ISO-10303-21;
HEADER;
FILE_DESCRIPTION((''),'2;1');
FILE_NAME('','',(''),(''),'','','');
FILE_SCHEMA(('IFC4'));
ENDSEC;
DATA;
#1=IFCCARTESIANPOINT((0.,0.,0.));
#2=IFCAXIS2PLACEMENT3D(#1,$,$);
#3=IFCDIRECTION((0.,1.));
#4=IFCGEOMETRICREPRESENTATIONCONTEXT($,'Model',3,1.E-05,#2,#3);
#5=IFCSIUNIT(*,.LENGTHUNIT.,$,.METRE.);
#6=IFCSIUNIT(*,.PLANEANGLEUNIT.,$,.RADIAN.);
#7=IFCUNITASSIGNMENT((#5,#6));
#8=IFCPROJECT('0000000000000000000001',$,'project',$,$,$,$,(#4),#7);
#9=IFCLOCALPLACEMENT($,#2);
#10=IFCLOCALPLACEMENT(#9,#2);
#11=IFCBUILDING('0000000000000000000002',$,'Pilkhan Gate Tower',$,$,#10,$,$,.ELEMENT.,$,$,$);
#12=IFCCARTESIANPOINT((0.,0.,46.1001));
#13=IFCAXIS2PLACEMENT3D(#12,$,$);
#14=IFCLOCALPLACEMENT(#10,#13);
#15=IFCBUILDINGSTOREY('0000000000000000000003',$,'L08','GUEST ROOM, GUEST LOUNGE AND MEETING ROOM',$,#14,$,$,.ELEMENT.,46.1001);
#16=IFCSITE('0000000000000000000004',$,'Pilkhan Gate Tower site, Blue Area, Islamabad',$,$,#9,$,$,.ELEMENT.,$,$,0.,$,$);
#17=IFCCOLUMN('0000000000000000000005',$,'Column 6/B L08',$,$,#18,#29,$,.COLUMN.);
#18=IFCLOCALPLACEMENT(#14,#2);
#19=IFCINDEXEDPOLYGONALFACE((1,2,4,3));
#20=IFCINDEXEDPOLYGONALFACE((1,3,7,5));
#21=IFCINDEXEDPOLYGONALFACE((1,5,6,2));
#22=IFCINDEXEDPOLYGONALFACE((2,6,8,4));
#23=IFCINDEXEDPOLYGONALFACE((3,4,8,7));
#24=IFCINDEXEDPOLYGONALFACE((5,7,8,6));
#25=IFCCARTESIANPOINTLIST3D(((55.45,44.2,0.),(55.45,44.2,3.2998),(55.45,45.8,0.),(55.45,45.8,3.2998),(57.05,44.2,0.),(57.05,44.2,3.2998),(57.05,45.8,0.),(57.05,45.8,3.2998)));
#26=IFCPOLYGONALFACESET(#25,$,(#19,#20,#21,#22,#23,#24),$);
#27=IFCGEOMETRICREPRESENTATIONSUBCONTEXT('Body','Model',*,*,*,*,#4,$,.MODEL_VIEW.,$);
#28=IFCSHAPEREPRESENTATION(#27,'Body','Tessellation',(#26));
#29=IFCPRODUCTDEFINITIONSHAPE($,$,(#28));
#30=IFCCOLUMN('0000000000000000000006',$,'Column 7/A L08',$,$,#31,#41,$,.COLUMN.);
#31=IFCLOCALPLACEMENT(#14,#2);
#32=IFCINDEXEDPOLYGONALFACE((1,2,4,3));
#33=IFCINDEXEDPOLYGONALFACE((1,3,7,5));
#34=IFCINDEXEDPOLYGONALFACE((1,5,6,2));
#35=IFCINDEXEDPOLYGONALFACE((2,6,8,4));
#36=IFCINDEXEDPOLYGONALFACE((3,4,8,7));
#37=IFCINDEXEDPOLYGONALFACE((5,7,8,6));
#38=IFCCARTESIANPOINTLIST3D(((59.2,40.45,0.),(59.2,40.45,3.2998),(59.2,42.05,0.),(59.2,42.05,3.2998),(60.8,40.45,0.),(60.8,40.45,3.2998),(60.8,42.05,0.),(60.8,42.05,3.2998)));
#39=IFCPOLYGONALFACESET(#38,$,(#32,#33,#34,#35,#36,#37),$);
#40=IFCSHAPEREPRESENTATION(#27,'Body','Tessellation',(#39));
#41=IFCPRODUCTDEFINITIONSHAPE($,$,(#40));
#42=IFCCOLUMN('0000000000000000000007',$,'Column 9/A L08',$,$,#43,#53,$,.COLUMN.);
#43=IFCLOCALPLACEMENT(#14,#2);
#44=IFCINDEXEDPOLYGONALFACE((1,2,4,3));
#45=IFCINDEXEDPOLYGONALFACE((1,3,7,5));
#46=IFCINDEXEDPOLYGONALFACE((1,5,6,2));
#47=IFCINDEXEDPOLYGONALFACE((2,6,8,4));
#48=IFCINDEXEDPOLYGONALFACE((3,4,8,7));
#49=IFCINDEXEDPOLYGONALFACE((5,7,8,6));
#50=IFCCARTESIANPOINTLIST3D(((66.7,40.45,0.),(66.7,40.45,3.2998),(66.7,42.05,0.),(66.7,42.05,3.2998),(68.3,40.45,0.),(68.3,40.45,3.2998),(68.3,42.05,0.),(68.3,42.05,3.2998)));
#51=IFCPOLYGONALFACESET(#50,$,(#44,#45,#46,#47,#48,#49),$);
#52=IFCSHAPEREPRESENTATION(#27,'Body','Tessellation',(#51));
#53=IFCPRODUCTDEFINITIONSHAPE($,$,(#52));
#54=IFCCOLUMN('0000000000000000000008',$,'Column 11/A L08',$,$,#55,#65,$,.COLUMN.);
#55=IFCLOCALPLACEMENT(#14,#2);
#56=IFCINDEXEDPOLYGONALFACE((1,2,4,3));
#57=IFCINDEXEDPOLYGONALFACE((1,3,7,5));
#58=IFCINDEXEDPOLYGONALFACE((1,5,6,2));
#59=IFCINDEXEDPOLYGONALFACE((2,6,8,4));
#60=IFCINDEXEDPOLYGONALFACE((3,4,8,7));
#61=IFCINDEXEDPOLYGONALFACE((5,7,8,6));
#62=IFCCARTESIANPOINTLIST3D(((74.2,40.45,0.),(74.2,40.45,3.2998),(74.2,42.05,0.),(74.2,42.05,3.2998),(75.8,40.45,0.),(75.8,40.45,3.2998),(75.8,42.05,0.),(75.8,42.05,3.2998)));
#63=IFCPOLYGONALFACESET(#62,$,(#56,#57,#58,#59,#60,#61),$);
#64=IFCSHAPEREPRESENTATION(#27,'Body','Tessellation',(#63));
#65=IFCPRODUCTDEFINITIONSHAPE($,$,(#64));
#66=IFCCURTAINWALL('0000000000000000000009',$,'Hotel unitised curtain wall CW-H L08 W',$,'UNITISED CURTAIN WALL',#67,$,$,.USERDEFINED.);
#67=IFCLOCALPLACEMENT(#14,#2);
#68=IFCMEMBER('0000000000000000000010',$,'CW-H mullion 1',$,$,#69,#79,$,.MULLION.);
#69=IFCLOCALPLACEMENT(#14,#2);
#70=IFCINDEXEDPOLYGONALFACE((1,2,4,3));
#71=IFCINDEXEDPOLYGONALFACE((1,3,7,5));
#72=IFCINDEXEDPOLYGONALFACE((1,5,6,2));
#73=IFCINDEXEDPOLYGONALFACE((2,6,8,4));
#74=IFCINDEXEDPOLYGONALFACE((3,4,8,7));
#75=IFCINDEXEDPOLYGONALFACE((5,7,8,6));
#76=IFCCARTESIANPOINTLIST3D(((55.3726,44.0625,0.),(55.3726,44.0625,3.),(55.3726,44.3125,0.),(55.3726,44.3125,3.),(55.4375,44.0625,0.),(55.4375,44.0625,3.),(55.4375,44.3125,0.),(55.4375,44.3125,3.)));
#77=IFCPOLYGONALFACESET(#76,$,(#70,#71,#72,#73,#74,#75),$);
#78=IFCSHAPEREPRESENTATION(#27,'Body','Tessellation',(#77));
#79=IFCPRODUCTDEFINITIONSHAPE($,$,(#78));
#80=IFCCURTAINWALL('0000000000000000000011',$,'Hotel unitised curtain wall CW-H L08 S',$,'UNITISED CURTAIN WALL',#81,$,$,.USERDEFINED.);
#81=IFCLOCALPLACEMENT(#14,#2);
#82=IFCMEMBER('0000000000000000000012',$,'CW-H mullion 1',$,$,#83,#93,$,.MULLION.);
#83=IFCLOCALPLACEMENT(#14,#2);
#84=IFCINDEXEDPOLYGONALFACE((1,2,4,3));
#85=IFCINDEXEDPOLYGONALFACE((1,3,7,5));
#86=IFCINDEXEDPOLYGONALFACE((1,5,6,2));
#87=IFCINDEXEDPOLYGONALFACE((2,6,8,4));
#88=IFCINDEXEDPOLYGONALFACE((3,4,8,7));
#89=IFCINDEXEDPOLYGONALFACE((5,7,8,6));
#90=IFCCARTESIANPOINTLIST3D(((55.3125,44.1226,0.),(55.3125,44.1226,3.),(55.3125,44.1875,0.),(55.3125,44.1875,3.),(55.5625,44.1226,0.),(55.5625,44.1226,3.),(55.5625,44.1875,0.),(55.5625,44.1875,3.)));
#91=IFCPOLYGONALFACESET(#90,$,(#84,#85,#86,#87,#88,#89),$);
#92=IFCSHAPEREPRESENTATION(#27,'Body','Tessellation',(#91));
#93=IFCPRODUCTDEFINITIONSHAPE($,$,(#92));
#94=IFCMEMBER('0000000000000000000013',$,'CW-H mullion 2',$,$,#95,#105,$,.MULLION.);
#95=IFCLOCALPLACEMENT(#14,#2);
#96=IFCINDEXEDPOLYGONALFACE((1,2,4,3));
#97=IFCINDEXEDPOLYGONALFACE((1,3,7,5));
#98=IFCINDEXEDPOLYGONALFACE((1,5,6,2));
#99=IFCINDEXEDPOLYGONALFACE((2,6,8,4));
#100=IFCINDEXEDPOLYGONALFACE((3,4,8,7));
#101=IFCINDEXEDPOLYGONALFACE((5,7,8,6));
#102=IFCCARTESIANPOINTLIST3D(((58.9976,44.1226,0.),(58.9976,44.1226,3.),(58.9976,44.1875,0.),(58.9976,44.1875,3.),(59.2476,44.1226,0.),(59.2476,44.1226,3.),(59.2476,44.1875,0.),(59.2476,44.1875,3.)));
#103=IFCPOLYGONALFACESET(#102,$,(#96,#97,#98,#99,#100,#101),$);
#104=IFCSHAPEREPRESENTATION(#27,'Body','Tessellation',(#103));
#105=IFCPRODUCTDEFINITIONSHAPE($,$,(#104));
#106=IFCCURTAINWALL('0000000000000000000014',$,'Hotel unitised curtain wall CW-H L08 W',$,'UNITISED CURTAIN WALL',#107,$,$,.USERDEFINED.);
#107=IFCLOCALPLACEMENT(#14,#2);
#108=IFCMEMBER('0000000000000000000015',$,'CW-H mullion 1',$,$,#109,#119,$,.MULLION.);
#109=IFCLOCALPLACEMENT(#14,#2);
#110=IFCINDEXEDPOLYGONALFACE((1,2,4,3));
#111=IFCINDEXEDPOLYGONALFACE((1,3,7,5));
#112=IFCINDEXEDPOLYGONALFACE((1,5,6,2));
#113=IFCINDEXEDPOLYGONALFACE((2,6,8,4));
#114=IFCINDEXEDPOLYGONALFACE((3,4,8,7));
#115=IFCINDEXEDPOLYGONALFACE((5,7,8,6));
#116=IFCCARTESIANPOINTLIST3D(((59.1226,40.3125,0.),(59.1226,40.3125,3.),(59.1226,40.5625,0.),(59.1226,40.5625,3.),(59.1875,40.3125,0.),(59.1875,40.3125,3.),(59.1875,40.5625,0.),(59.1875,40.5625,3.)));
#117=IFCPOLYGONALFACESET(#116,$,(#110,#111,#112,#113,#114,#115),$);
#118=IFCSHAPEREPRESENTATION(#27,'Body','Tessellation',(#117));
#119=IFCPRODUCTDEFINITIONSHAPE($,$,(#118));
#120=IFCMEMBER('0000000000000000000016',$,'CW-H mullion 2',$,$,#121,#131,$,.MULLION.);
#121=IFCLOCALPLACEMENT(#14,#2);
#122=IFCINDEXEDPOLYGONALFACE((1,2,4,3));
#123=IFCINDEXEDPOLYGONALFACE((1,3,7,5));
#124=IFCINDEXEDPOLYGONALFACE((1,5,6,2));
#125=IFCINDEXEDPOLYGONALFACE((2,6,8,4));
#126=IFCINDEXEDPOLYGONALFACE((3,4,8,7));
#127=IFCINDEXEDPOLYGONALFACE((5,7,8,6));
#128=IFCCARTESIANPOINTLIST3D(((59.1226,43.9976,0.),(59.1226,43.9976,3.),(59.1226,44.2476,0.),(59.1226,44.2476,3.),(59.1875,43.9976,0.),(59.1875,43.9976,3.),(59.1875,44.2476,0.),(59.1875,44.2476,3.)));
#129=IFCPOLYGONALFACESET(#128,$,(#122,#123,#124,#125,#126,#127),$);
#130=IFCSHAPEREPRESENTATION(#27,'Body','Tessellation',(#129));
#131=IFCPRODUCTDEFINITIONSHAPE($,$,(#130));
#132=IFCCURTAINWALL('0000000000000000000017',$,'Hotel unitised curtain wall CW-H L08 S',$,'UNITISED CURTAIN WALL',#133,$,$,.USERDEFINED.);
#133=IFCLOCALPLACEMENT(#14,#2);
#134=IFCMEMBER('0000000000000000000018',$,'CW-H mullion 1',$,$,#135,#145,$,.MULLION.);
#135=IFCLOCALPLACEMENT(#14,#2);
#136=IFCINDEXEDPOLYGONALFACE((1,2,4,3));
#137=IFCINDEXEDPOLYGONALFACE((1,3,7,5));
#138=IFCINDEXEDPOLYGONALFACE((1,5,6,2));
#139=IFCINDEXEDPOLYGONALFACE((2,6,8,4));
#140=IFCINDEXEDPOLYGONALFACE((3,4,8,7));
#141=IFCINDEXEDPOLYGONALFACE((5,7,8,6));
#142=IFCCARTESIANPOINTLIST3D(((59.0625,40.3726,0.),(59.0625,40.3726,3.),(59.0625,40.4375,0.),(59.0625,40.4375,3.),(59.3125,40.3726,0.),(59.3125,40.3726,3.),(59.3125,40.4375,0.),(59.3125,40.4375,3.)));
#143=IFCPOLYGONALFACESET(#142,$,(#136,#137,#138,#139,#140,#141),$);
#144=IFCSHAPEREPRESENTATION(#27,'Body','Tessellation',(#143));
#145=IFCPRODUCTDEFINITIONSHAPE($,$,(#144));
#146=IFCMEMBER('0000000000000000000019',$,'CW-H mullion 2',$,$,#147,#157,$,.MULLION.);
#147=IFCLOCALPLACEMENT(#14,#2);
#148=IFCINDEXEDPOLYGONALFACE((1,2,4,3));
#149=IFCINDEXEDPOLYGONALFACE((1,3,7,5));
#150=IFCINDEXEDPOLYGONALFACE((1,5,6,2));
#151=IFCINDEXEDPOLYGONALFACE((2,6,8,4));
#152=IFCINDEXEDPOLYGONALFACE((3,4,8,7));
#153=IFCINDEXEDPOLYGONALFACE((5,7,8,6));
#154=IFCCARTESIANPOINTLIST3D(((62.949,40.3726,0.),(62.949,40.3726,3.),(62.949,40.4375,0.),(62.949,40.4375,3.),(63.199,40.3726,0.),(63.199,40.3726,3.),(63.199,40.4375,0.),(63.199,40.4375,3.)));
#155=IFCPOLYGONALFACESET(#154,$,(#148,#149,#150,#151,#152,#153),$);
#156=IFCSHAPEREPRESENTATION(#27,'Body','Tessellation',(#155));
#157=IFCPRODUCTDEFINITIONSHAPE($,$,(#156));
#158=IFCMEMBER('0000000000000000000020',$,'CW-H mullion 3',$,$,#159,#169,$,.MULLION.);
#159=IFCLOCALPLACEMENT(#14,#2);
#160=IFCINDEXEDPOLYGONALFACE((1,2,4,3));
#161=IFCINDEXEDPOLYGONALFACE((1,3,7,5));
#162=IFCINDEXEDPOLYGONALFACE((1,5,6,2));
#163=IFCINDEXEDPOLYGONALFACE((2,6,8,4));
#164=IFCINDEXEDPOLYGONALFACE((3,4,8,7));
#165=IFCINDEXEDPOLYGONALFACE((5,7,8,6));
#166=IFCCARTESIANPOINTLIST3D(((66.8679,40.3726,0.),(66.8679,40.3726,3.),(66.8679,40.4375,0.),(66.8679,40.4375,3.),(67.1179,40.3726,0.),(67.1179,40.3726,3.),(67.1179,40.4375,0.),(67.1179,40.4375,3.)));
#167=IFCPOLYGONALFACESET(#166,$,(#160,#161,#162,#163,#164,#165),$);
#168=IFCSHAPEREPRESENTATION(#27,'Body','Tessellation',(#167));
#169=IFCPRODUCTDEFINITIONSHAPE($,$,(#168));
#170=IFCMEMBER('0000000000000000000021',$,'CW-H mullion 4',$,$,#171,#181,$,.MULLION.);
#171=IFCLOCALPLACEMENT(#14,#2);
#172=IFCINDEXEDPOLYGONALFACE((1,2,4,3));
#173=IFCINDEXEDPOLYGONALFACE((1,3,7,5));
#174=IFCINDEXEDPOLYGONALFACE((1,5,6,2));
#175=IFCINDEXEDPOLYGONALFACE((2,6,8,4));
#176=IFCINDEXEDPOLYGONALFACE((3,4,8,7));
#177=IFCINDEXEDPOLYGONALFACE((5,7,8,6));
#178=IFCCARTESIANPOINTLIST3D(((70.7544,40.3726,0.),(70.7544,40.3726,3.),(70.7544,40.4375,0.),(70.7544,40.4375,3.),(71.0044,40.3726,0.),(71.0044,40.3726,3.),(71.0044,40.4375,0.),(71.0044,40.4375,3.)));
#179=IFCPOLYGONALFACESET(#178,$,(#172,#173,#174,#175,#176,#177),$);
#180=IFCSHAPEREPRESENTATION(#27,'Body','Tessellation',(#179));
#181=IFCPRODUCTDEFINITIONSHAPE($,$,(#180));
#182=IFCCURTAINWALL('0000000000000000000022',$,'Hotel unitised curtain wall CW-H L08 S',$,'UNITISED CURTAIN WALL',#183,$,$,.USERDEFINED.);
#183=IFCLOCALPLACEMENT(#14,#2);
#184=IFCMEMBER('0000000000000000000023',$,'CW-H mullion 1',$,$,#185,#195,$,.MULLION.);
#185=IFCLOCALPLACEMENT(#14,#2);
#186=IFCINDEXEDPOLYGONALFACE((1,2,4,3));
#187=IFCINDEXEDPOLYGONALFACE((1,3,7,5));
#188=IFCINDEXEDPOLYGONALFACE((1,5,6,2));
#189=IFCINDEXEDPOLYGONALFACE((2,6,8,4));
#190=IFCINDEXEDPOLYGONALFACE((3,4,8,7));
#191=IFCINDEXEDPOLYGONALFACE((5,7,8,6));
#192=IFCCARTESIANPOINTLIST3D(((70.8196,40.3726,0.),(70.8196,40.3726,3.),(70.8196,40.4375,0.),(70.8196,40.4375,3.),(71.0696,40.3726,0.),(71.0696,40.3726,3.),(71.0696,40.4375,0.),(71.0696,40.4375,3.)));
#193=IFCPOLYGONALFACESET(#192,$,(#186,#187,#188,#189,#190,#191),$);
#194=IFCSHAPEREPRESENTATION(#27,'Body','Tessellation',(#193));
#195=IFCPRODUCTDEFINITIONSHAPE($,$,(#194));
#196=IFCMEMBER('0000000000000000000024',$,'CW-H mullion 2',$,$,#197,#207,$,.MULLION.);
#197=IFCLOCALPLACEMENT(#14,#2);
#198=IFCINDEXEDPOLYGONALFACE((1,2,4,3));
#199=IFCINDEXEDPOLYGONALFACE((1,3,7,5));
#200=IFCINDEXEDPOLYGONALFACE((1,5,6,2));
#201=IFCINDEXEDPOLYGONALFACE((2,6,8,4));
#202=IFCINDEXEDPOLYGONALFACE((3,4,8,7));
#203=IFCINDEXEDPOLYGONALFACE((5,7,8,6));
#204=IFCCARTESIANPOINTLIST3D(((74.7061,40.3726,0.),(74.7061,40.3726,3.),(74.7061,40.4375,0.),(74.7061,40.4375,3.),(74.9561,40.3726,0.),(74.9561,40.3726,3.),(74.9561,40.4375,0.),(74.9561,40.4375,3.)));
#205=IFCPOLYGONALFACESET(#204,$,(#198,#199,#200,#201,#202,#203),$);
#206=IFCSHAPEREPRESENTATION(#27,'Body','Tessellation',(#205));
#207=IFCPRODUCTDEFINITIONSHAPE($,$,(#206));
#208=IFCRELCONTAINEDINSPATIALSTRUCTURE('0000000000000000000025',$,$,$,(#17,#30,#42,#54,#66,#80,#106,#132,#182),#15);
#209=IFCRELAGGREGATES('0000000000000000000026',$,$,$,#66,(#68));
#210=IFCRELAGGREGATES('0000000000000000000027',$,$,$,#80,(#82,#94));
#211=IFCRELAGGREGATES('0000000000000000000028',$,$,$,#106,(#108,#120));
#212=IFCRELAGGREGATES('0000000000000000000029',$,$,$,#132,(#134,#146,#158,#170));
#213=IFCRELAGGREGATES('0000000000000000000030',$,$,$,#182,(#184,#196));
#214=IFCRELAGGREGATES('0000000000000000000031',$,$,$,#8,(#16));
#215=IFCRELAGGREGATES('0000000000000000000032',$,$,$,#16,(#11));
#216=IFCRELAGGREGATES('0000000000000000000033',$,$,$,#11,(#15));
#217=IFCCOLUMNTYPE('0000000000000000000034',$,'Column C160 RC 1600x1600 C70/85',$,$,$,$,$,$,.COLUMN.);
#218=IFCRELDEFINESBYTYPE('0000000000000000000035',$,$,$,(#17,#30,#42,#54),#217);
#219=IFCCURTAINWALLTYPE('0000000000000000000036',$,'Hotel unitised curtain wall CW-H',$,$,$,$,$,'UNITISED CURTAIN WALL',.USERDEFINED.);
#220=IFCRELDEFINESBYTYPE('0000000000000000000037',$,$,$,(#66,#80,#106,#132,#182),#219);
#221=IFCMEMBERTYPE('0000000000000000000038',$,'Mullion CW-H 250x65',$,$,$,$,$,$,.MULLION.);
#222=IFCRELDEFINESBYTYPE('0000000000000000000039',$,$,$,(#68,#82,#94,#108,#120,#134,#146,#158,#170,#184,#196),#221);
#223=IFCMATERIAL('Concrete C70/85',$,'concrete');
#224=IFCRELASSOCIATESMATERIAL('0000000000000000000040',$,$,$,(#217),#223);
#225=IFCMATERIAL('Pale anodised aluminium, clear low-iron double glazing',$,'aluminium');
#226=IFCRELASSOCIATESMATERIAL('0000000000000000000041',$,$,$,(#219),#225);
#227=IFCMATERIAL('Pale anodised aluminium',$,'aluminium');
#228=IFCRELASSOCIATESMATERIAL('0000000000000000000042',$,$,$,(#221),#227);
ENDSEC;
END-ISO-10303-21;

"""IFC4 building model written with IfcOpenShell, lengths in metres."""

from ifc_helpers import new_model, si_unit, direction, frame, origin, origin_2d, place, context, subcontext, project, spatial, rectangle, extrude, material, material_profile, profile_set, type_object, element, aggregate, save


model = new_model("IFC4")

# Units and contexts
model_context = context("Model", 3, precision=1e-05, world=origin(), true_north=direction((0.0, 1.0)))
body_context = subcontext(model_context, "Body", "Model", "MODEL_VIEW")
ifc_project = project(units=[si_unit("LENGTHUNIT", "METRE"), si_unit("PLANEANGLEUNIT", "RADIAN")], contexts=[model_context])

# Site, building, storey
site_placement = place(None, origin())
site = spatial("IfcSite", under=ifc_project, at=site_placement, Name="Pilkhan Gate Tower site, Blue Area, Islamabad", CompositionType="ELEMENT", RefElevation=0.0)
building_placement = place(site_placement, origin())
building = spatial("IfcBuilding", under=site, at=building_placement, Name="Pilkhan Gate Tower", CompositionType="ELEMENT")
storey_placement = place(building_placement, frame((0.0, 0.0, 46.1001)))
storey = spatial("IfcBuildingStorey", under=building, at=storey_placement, Name="L08", Description="GUEST ROOM, GUEST LOUNGE AND MEETING ROOM", CompositionType="ELEMENT", Elevation=46.1001)

# Columns
ifc_material_1 = material(Name="Concrete C70/85", Category="concrete")
ifc_material_profile_1 = material_profile(ifc_material_1, rectangle(XDim=1.6001, YDim=1.6001, at=origin_2d()), Name="RC 1600x1600")
ifc_profile_set_1 = profile_set([ifc_material_profile_1], Name="Concrete C70/85")
column_type = type_object("IfcColumnType", Name="Column C160 RC 1600x1600 C70/85", PredefinedType="COLUMN", material=ifc_profile_set_1)
for number, where, z_axis, x_axis, name in (
    (1, (56.25, 45.0, 0.0), (0.0, 0.0, 1.0), (1.0, 0.0, 0.0), "Column 6/B L08"),
    (2, (60.0, 41.25, 0.0), (0.0, 0.0, 1.0), (1.0, 0.0, 0.0), "Column 7/A L08"),
    (3, (67.5, 41.25, 0.0), (0.0, 0.0, 1.0), (1.0, 0.0, 0.0), "Column 9/A L08"),
    (4, (75.0, 41.25, 0.0), (0.0, 0.0, 1.0), (1.0, 0.0, 0.0), "Column 11/A L08"),
):
    element("IfcColumn", number, at=place(storey_placement, frame(where, z_axis=z_axis, x_axis=x_axis)), inside=storey, type_object=column_type, Name=name, PredefinedType="COLUMN", context=body_context, shape_type="SweptSolid", body=[
        extrude(rectangle(XDim=1.6001, YDim=1.6001, at=origin_2d()), origin(), (0.0, 0.0, 1.0), 3.2998),
    ])

# Curtain wall, member
ifc_material_2 = material(Name="Pale anodised aluminium, clear low-iron double glazing", Category="aluminium")
curtain_wall_type = type_object("IfcCurtainWallType", Name="Hotel unitised curtain wall CW-H", ElementType="UNITISED CURTAIN WALL", PredefinedType="USERDEFINED", material=ifc_material_2)
curtain_wall_1_placement = place(storey_placement, origin())
curtain_wall_1 = element("IfcCurtainWall", 5, at=curtain_wall_1_placement, inside=storey, type_object=curtain_wall_type, Name="Hotel unitised curtain wall CW-H L08 W", ObjectType="UNITISED CURTAIN WALL", PredefinedType="USERDEFINED")
ifc_material_3 = material(Name="Pale anodised aluminium", Category="aluminium")
ifc_material_profile_2 = material_profile(ifc_material_3, rectangle(XDim=0.0649, YDim=0.25, at=origin_2d()), Name="Mullion 250x65")
ifc_profile_set_2 = profile_set([ifc_material_profile_2], Name="Pale anodised aluminium")
member_type_1 = type_object("IfcMemberType", Name="Mullion CW-H 250x65", PredefinedType="MULLION", material=ifc_profile_set_2)
member_1_placement = place(storey_placement, frame((55.405, 44.1875, 0.0), z_axis=(0.0, 0.0, 1.0), x_axis=(-1.0, 0.0, 0.0)))
member_1 = element("IfcMember", 6, at=member_1_placement, type_object=member_type_1, Name="CW-H mullion 1", PredefinedType="MULLION", context=body_context, shape_type="SweptSolid", body=[
    extrude(rectangle(XDim=0.0649, YDim=0.25, at=origin_2d()), origin(), (0.0, 0.0, 1.0), 3.0),
])

# Curtain walls, members
curtain_wall_2_placement = place(storey_placement, origin())
curtain_wall_2 = element("IfcCurtainWall", 7, at=curtain_wall_2_placement, inside=storey, type_object=curtain_wall_type, Name="Hotel unitised curtain wall CW-H L08 S", ObjectType="UNITISED CURTAIN WALL", PredefinedType="USERDEFINED")
member_2_placement = place(storey_placement, frame((55.4375, 44.155, 0.0), z_axis=(0.0, 0.0, 1.0), x_axis=(0.0, 1.0, 0.0)))
member_2 = element("IfcMember", 8, at=member_2_placement, type_object=member_type_1, Name="CW-H mullion 1", PredefinedType="MULLION", context=body_context, shape_type="SweptSolid", body=[
    extrude(rectangle(XDim=0.0649, YDim=0.25, at=origin_2d()), origin(), (0.0, 0.0, 1.0), 3.0),
])
member_3_placement = place(storey_placement, frame((59.1226, 44.155, 0.0), z_axis=(0.0, 0.0, 1.0), x_axis=(0.0, 1.0, 0.0)))
member_3 = element("IfcMember", 9, at=member_3_placement, type_object=member_type_1, Name="CW-H mullion 2", PredefinedType="MULLION", context=body_context, shape_type="SweptSolid", body=[
    extrude(rectangle(XDim=0.0649, YDim=0.25, at=origin_2d()), origin(), (0.0, 0.0, 1.0), 3.0),
])
curtain_wall_3_placement = place(storey_placement, origin())
curtain_wall_3 = element("IfcCurtainWall", 10, at=curtain_wall_3_placement, inside=storey, type_object=curtain_wall_type, Name="Hotel unitised curtain wall CW-H L08 W", ObjectType="UNITISED CURTAIN WALL", PredefinedType="USERDEFINED")
member_4_placement = place(storey_placement, frame((59.155, 40.4375, 0.0), z_axis=(0.0, 0.0, 1.0), x_axis=(-1.0, 0.0, 0.0)))
member_4 = element("IfcMember", 11, at=member_4_placement, type_object=member_type_1, Name="CW-H mullion 1", PredefinedType="MULLION", context=body_context, shape_type="SweptSolid", body=[
    extrude(rectangle(XDim=0.0649, YDim=0.25, at=origin_2d()), origin(), (0.0, 0.0, 1.0), 3.0),
])
member_5_placement = place(storey_placement, frame((59.155, 44.1226, 0.0), z_axis=(0.0, 0.0, 1.0), x_axis=(-1.0, 0.0, 0.0)))
member_5 = element("IfcMember", 12, at=member_5_placement, type_object=member_type_1, Name="CW-H mullion 2", PredefinedType="MULLION", context=body_context, shape_type="SweptSolid", body=[
    extrude(rectangle(XDim=0.0649, YDim=0.25, at=origin_2d()), origin(), (0.0, 0.0, 1.0), 3.0),
])
curtain_wall_4_placement = place(storey_placement, origin())
curtain_wall_4 = element("IfcCurtainWall", 13, at=curtain_wall_4_placement, inside=storey, type_object=curtain_wall_type, Name="Hotel unitised curtain wall CW-H L08 S", ObjectType="UNITISED CURTAIN WALL", PredefinedType="USERDEFINED")
member_6_placement = place(storey_placement, frame((59.1875, 40.405, 0.0), z_axis=(0.0, 0.0, 1.0), x_axis=(0.0, 1.0, 0.0)))
member_6 = element("IfcMember", 14, at=member_6_placement, type_object=member_type_1, Name="CW-H mullion 1", PredefinedType="MULLION", context=body_context, shape_type="SweptSolid", body=[
    extrude(rectangle(XDim=0.0649, YDim=0.25, at=origin_2d()), origin(), (0.0, 0.0, 1.0), 3.0),
])
member_7_placement = place(storey_placement, frame((63.074, 40.405, 0.0), z_axis=(0.0, 0.0, 1.0), x_axis=(0.0, 1.0, 0.0)))
member_7 = element("IfcMember", 15, at=member_7_placement, type_object=member_type_1, Name="CW-H mullion 2", PredefinedType="MULLION", context=body_context, shape_type="SweptSolid", body=[
    extrude(rectangle(XDim=0.0649, YDim=0.25, at=origin_2d()), origin(), (0.0, 0.0, 1.0), 3.0),
])
member_8_placement = place(storey_placement, frame((66.9929, 40.405, 0.0), z_axis=(0.0, 0.0, 1.0), x_axis=(0.0, 1.0, 0.0)))
member_8 = element("IfcMember", 16, at=member_8_placement, type_object=member_type_1, Name="CW-H mullion 3", PredefinedType="MULLION", context=body_context, shape_type="SweptSolid", body=[
    extrude(rectangle(XDim=0.0649, YDim=0.25, at=origin_2d()), origin(), (0.0, 0.0, 1.0), 3.0),
])
member_9_placement = place(storey_placement, frame((70.8794, 40.405, 0.0), z_axis=(0.0, 0.0, 1.0), x_axis=(0.0, 1.0, 0.0)))
member_9 = element("IfcMember", 17, at=member_9_placement, type_object=member_type_1, Name="CW-H mullion 4", PredefinedType="MULLION", context=body_context, shape_type="SweptSolid", body=[
    extrude(rectangle(XDim=0.0649, YDim=0.25, at=origin_2d()), origin(), (0.0, 0.0, 1.0), 3.0),
])
curtain_wall_5_placement = place(storey_placement, origin())
curtain_wall_5 = element("IfcCurtainWall", 18, at=curtain_wall_5_placement, inside=storey, type_object=curtain_wall_type, Name="Hotel unitised curtain wall CW-H L08 S", ObjectType="UNITISED CURTAIN WALL", PredefinedType="USERDEFINED")
member_10_placement = place(storey_placement, frame((70.9446, 40.405, 0.0), z_axis=(0.0, 0.0, 1.0), x_axis=(0.0, 1.0, 0.0)))
member_10 = element("IfcMember", 19, at=member_10_placement, type_object=member_type_1, Name="CW-H mullion 1", PredefinedType="MULLION", context=body_context, shape_type="SweptSolid", body=[
    extrude(rectangle(XDim=0.0649, YDim=0.25, at=origin_2d()), origin(), (0.0, 0.0, 1.0), 3.0),
])
member_11_placement = place(storey_placement, frame((74.8311, 40.405, 0.0), z_axis=(0.0, 0.0, 1.0), x_axis=(0.0, 1.0, 0.0)))
member_11 = element("IfcMember", 20, at=member_11_placement, type_object=member_type_1, Name="CW-H mullion 2", PredefinedType="MULLION", context=body_context, shape_type="SweptSolid", body=[
    extrude(rectangle(XDim=0.0649, YDim=0.25, at=origin_2d()), origin(), (0.0, 0.0, 1.0), 3.0),
])

aggregate(curtain_wall_1, [member_1])

aggregate(curtain_wall_2, [member_2, member_3])
aggregate(curtain_wall_3, [member_4, member_5])
aggregate(curtain_wall_4, [member_6, member_7, member_8, member_9])
aggregate(curtain_wall_5, [member_10, member_11])

save(model, "model.ifc")
